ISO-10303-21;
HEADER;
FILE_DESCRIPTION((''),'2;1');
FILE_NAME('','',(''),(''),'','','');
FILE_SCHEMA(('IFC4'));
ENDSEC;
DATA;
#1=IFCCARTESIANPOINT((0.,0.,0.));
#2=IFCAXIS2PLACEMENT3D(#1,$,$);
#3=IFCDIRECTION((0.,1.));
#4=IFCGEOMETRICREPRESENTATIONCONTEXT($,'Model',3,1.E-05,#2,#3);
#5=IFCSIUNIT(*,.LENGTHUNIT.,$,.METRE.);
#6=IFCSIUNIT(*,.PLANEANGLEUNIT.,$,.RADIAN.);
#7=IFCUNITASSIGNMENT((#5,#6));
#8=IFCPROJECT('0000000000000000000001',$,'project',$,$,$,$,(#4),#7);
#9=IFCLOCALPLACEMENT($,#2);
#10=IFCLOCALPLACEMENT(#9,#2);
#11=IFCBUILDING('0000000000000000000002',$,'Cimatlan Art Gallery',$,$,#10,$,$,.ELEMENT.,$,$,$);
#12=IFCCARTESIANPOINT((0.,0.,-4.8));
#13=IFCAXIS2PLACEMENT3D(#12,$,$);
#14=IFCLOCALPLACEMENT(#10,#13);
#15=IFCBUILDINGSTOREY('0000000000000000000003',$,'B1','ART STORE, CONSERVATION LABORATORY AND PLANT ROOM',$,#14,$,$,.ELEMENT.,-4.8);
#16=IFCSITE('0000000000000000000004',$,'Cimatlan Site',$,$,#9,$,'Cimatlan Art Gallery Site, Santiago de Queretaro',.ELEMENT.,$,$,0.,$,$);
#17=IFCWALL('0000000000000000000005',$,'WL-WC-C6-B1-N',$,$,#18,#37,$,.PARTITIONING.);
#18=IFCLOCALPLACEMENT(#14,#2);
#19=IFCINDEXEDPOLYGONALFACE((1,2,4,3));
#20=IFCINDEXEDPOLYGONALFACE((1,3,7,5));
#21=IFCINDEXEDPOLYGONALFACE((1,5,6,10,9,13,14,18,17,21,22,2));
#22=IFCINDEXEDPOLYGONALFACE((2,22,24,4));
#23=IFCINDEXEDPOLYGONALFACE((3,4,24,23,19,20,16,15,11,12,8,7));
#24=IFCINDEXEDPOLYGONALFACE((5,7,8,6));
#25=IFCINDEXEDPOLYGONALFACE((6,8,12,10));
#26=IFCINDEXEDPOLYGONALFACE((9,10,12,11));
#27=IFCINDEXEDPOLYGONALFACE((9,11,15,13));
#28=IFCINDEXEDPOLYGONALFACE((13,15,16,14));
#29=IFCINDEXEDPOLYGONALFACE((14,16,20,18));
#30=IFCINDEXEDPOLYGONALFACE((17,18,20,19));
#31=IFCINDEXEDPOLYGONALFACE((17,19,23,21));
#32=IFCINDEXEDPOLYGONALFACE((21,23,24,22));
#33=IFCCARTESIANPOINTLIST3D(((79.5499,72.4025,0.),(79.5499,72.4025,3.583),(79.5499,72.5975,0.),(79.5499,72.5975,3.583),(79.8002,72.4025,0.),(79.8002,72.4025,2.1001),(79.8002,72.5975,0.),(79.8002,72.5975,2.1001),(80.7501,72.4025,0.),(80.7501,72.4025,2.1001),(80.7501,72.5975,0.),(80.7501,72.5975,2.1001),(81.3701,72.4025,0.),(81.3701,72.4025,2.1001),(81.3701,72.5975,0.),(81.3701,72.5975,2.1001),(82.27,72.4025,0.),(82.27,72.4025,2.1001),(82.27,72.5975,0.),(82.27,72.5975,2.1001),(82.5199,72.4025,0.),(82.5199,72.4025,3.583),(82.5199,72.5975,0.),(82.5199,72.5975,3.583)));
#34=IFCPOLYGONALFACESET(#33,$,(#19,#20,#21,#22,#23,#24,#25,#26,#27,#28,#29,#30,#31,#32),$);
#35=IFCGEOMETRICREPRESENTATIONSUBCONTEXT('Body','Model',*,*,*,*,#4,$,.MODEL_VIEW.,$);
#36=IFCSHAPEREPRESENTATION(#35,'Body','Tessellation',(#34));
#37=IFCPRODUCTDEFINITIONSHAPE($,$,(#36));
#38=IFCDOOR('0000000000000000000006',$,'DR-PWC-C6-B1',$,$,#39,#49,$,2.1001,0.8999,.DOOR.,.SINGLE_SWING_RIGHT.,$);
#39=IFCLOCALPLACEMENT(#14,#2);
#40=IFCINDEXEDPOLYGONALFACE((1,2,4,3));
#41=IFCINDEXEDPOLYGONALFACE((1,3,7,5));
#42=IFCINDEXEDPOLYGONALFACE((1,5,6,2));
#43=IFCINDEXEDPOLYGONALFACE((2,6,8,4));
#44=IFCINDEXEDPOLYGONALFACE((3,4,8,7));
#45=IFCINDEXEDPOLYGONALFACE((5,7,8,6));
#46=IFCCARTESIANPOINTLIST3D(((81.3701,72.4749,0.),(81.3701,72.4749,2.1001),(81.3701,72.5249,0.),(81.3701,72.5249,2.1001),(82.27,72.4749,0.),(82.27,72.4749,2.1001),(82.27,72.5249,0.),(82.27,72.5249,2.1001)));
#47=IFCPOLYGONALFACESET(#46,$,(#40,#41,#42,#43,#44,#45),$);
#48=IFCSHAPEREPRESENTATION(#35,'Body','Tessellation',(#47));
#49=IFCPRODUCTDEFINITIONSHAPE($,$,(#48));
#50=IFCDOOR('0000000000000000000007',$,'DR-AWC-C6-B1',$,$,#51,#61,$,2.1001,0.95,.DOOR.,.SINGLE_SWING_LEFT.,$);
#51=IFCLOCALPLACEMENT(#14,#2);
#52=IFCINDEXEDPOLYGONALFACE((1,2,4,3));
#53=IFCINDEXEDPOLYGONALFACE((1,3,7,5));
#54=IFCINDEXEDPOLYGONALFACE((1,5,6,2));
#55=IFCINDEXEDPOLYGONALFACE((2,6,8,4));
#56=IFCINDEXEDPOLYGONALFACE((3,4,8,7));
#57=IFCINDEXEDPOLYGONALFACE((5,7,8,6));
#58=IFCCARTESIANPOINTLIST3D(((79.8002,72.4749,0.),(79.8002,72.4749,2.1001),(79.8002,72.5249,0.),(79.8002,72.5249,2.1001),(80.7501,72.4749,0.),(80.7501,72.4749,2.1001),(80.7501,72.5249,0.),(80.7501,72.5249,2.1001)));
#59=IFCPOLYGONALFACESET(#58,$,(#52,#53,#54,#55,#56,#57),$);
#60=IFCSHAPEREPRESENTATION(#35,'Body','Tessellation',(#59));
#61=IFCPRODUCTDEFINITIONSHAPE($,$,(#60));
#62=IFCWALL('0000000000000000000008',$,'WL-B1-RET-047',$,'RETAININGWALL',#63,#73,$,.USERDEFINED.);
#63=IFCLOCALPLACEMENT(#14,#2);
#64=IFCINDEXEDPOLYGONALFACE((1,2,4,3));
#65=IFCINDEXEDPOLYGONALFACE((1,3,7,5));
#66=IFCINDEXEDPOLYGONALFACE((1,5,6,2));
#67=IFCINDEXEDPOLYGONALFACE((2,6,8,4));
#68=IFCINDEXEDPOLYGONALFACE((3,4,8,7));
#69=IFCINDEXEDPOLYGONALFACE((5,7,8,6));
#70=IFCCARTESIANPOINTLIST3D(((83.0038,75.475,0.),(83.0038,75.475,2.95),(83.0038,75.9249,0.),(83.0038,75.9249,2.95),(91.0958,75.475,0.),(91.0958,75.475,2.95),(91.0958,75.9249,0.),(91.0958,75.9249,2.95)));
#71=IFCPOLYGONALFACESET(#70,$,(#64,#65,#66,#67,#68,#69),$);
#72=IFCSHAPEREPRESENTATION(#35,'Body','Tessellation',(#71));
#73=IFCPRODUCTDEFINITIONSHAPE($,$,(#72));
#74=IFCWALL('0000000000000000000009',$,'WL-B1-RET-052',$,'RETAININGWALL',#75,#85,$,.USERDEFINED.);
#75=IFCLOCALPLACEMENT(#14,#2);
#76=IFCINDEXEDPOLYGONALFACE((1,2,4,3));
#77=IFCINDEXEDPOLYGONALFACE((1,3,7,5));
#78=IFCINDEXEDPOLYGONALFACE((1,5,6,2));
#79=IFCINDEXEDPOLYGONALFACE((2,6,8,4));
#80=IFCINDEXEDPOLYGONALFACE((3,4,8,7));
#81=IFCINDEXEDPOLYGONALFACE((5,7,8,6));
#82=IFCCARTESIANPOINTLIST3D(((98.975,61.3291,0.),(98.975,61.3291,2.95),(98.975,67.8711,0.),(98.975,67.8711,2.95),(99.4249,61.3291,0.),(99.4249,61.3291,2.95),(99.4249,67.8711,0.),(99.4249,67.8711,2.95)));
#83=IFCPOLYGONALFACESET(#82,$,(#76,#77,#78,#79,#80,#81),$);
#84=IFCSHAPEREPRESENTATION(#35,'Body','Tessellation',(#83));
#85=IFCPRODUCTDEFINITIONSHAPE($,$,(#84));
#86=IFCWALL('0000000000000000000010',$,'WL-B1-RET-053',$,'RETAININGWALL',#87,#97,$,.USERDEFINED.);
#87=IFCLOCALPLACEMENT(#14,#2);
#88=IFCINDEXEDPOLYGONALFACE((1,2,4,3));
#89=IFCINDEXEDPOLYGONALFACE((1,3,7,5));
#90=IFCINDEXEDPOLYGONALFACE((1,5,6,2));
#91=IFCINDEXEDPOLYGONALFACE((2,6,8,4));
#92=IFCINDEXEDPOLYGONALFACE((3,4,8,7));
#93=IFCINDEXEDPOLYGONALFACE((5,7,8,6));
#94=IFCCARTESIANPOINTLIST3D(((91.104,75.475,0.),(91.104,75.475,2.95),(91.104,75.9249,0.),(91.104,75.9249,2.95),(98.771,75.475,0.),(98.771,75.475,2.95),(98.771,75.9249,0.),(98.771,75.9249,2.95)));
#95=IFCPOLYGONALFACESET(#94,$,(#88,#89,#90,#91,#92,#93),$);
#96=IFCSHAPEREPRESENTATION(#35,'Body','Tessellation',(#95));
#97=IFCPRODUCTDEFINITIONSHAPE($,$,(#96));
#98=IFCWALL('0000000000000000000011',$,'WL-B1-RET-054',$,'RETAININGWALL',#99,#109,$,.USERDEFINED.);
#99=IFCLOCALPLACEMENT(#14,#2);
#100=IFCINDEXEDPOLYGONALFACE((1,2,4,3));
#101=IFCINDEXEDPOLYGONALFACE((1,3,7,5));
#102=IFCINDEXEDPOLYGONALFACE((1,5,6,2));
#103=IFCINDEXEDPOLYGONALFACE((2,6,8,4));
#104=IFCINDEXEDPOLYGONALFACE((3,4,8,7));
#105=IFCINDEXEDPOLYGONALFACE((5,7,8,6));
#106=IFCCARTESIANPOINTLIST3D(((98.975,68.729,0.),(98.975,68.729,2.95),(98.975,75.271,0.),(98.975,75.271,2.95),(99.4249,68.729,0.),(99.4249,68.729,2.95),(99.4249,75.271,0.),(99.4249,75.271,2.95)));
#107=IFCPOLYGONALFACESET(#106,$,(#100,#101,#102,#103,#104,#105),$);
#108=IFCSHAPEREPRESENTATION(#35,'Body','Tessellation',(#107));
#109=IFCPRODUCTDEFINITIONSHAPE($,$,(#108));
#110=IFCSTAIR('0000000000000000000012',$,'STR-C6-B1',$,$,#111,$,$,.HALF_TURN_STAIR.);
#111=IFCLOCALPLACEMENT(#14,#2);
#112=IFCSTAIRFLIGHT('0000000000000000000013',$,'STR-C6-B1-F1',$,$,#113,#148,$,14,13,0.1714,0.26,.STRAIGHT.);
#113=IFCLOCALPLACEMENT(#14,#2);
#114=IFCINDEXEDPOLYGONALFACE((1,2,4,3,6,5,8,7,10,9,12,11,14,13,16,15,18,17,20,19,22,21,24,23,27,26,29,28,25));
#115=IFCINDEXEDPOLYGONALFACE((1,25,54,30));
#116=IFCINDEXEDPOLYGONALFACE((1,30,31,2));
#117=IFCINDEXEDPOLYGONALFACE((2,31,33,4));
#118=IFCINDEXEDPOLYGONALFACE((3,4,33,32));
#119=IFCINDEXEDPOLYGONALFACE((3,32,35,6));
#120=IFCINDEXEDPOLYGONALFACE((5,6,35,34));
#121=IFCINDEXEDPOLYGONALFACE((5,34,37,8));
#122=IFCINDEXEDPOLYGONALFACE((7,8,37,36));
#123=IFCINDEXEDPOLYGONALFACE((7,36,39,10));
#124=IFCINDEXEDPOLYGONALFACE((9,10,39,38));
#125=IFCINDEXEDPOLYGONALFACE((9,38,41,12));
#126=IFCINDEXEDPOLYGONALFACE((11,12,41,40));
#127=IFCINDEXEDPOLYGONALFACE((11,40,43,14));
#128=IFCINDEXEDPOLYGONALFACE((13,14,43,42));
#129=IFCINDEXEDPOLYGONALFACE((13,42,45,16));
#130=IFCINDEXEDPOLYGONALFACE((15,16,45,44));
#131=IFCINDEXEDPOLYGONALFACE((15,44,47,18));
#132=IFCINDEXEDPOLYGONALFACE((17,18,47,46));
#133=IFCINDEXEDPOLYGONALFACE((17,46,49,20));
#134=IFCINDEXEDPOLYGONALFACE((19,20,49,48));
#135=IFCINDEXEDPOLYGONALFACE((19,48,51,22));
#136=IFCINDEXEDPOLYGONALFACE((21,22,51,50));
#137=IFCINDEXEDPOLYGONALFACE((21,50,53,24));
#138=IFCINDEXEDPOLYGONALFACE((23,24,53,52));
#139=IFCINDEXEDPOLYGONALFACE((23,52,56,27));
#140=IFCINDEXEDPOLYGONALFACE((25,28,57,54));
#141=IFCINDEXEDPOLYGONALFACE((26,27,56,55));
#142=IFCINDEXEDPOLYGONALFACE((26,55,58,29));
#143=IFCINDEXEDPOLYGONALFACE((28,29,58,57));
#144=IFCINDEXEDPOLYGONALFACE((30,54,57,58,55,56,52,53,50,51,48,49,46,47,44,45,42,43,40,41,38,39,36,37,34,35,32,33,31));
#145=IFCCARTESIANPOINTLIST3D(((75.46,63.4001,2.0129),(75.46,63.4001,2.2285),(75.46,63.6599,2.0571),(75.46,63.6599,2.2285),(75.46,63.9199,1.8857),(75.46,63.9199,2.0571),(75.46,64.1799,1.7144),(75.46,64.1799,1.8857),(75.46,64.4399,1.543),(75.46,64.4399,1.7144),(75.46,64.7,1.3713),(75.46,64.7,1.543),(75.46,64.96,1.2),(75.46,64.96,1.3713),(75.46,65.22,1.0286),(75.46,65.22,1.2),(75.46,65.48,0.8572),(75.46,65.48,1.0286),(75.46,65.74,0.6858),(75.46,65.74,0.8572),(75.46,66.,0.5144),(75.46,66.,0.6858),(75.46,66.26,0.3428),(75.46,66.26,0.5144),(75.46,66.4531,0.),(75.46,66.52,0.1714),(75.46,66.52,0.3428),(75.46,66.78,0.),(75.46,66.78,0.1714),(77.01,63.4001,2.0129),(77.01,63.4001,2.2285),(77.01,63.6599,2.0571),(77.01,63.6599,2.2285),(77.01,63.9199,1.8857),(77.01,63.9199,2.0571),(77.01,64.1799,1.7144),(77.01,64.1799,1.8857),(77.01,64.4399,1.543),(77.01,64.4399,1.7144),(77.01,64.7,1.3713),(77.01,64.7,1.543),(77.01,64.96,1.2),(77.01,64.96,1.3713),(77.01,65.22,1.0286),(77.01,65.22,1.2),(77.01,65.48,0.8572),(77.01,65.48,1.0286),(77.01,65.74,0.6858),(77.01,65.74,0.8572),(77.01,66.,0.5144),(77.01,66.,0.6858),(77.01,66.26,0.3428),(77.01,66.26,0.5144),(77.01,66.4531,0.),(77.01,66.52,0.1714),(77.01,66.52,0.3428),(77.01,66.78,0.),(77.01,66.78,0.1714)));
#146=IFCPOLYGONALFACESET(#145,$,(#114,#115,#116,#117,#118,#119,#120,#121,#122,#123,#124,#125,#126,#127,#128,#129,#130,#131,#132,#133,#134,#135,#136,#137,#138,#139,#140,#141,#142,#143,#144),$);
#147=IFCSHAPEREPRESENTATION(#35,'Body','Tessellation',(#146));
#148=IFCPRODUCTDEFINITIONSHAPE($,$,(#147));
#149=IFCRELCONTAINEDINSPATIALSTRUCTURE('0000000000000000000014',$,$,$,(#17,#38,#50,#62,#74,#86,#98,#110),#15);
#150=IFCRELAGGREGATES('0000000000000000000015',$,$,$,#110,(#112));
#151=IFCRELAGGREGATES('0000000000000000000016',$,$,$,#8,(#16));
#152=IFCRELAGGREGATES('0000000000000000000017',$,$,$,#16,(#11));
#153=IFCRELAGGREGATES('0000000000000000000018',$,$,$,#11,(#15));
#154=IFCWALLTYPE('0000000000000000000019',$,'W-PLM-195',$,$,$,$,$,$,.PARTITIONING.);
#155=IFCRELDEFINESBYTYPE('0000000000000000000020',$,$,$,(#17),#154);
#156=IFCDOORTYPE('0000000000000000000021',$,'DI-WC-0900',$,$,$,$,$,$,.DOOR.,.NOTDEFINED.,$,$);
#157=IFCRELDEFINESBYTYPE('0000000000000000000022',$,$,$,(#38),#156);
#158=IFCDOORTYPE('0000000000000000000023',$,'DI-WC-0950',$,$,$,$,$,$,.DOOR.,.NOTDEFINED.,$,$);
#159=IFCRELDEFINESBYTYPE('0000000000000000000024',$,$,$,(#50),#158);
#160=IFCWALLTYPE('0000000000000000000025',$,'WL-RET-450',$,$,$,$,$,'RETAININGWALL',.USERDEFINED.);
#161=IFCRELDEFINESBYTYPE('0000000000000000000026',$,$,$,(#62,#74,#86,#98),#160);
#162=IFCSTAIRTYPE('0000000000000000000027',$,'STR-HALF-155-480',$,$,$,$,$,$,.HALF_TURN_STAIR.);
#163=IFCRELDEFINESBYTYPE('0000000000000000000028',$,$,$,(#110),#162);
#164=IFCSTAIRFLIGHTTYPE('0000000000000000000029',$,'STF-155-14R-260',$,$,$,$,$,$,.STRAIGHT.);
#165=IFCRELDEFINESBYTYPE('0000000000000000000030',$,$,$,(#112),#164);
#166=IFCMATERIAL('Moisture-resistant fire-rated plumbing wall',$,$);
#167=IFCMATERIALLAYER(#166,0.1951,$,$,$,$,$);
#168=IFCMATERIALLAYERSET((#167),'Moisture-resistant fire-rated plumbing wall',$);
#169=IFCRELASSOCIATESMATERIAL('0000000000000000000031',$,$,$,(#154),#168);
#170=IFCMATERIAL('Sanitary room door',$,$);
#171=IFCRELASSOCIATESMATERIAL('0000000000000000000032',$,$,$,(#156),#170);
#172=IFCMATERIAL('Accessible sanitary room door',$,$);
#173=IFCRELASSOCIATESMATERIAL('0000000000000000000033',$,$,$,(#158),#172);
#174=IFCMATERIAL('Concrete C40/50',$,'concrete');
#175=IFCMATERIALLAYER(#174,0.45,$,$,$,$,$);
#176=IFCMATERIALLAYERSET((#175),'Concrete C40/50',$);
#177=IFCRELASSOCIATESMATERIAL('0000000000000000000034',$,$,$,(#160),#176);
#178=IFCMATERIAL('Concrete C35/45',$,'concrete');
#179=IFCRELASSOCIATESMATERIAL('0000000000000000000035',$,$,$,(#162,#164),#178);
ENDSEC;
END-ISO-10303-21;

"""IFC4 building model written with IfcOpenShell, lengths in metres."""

from ifc_helpers import new_model, si_unit, direction, frame, frame_2d, origin, place, context, subcontext, project, spatial, polyline, rectangle, outline, extrude, material, layer, layer_set, type_object, element, fill, aggregate, save


model = new_model("IFC4")

# Units and contexts
model_context = context("Model", 3, precision=1e-05, world=origin(), true_north=direction((0.0, 1.0)))
body_context = subcontext(model_context, "Body", "Model", "MODEL_VIEW")
ifc_project = project(units=[si_unit("LENGTHUNIT", "METRE"), si_unit("PLANEANGLEUNIT", "RADIAN")], contexts=[model_context])

# Site, building, storey
site_placement = place(None, origin())
site = spatial("IfcSite", under=ifc_project, at=site_placement, Name="Cimatlan Site", LongName="Cimatlan Art Gallery Site, Santiago de Queretaro", CompositionType="ELEMENT", RefElevation=0.0)
building_placement = place(site_placement, origin())
building = spatial("IfcBuilding", under=site, at=building_placement, Name="Cimatlan Art Gallery", CompositionType="ELEMENT")
storey_placement = place(building_placement, frame((0.0, 0.0, -4.8)))
storey = spatial("IfcBuildingStorey", under=building, at=storey_placement, Name="B1", Description="ART STORE, CONSERVATION LABORATORY AND PLANT ROOM", CompositionType="ELEMENT", Elevation=-4.8)

# Shared definitions
ifc_material_1 = material(Name="Concrete C40/50", Category="concrete")

# Shared definitions
ifc_material_2 = material(Name="Moisture-resistant fire-rated plumbing wall")
ifc_layer_1 = layer(ifc_material_2, 0.1951)
ifc_layer_set_1 = layer_set([ifc_layer_1], Name="Moisture-resistant fire-rated plumbing wall")
wall_type_1 = type_object("IfcWallType", Name="W-PLM-195", PredefinedType="PARTITIONING", material=ifc_layer_set_1)

# Wall, openings, doors
wall_1_placement = place(storey_placement, frame((79.55, 72.5, 0.0), z_axis=(0.0, 0.0, 1.0), x_axis=(1.0, 0.0, 0.0)))
wall_1 = element("IfcWall", 1, at=wall_1_placement, inside=storey, type_object=wall_type_1, Name="WL-WC-C6-B1-N", PredefinedType="PARTITIONING", context=body_context, shape_type="SweptSolid", body=[
    extrude(rectangle(XDim=2.97, YDim=0.1951, at=frame_2d((1.4849, 0.0))), origin(), (0.0, 0.0, 1.0), 3.583),
])
opening_1_placement = place(wall_1_placement, frame((0.25, 0.0, 0.0)))
opening_1 = element("IfcOpeningElement", 2, at=opening_1_placement, cuts=wall_1, PredefinedType="OPENING", context=body_context, shape_type="SweptSolid", body=[
    extrude(rectangle(XDim=0.95, YDim=2.1001, at=frame_2d((0.4751, 1.05))), frame((0.0, 0.1074, 0.0), z_axis=(0.0, -1.0, 0.0), x_axis=(1.0, 0.0, 0.0)), (0.0, 0.0, 1.0), 0.2151),
])
opening_2_placement = place(wall_1_placement, frame((1.8201, 0.0, 0.0)))
opening_2 = element("IfcOpeningElement", 3, at=opening_2_placement, cuts=wall_1, PredefinedType="OPENING", context=body_context, shape_type="SweptSolid", body=[
    extrude(rectangle(XDim=0.8999, YDim=2.1001, at=frame_2d((0.45, 1.05))), frame((0.0, 0.1074, 0.0), z_axis=(0.0, -1.0, 0.0), x_axis=(1.0, 0.0, 0.0)), (0.0, 0.0, 1.0), 0.2151),
])
ifc_material_3 = material(Name="Sanitary room door")
door_type_1 = type_object("IfcDoorType", Name="DI-WC-0900", OperationType="NOTDEFINED", PredefinedType="DOOR", material=ifc_material_3)
door_1_placement = place(opening_2_placement, origin())
door_1 = element("IfcDoor", 4, at=door_1_placement, inside=storey, type_object=door_type_1, Name="DR-PWC-C6-B1", OperationType="SINGLE_SWING_RIGHT", OverallHeight=2.1001, OverallWidth=0.8999, PredefinedType="DOOR", context=body_context, shape_type="SweptSolid", body=[
    extrude(rectangle(XDim=0.8999, YDim=2.1001, at=frame_2d((0.45, 1.05))), frame((0.0, 0.0249, 0.0), z_axis=(0.0, -1.0, 0.0), x_axis=(1.0, 0.0, 0.0)), (0.0, 0.0, 1.0), 0.05),
])
fill(opening_2, door_1)
ifc_material_4 = material(Name="Accessible sanitary room door")
door_type_2 = type_object("IfcDoorType", Name="DI-WC-0950", OperationType="NOTDEFINED", PredefinedType="DOOR", material=ifc_material_4)
door_2_placement = place(opening_1_placement, origin())
door_2 = element("IfcDoor", 5, at=door_2_placement, inside=storey, type_object=door_type_2, Name="DR-AWC-C6-B1", OperationType="SINGLE_SWING_LEFT", OverallHeight=2.1001, OverallWidth=0.95, PredefinedType="DOOR", context=body_context, shape_type="SweptSolid", body=[
    extrude(rectangle(XDim=0.95, YDim=2.1001, at=frame_2d((0.4751, 1.05))), frame((0.0, 0.0249, 0.0), z_axis=(0.0, -1.0, 0.0), x_axis=(1.0, 0.0, 0.0)), (0.0, 0.0, 1.0), 0.05),
])
fill(opening_1, door_2)

# Walls
ifc_layer_2 = layer(ifc_material_1, 0.45)
ifc_layer_set_2 = layer_set([ifc_layer_2], Name="Concrete C40/50")
wall_type_2 = type_object("IfcWallType", Name="WL-RET-450", ElementType="RETAININGWALL", PredefinedType="USERDEFINED", material=ifc_layer_set_2)
wall_2_placement = place(storey_placement, frame((83.0039, 75.7, 0.0), z_axis=(0.0, 0.0, 1.0), x_axis=(1.0, 0.0, 0.0)))
element("IfcWall", 6, at=wall_2_placement, inside=storey, type_object=wall_type_2, Name="WL-B1-RET-047", ObjectType="RETAININGWALL", PredefinedType="USERDEFINED", context=body_context, shape_type="SweptSolid", body=[
    extrude(rectangle(XDim=8.092, YDim=0.45, at=frame_2d((4.0459, 0.0))), origin(), (0.0, 0.0, 1.0), 2.95),
])
wall_3_placement = place(storey_placement, frame((99.2, 67.8711, 0.0), z_axis=(0.0, 0.0, 1.0), x_axis=(0.0, -1.0, 0.0)))
element("IfcWall", 7, at=wall_3_placement, inside=storey, type_object=wall_type_2, Name="WL-B1-RET-052", ObjectType="RETAININGWALL", PredefinedType="USERDEFINED", context=body_context, shape_type="SweptSolid", body=[
    extrude(rectangle(XDim=6.542, YDim=0.45, at=frame_2d((3.271, 0.0))), origin(), (0.0, 0.0, 1.0), 2.95),
])
wall_4_placement = place(storey_placement, frame((91.104, 75.7, 0.0), z_axis=(0.0, 0.0, 1.0), x_axis=(1.0, 0.0, 0.0)))
element("IfcWall", 8, at=wall_4_placement, inside=storey, type_object=wall_type_2, Name="WL-B1-RET-053", ObjectType="RETAININGWALL", PredefinedType="USERDEFINED", context=body_context, shape_type="SweptSolid", body=[
    extrude(rectangle(XDim=7.667, YDim=0.45, at=frame_2d((3.8335, 0.0))), origin(), (0.0, 0.0, 1.0), 2.95),
])
wall_5_placement = place(storey_placement, frame((99.2, 75.271, 0.0), z_axis=(0.0, 0.0, 1.0), x_axis=(0.0, -1.0, 0.0)))
element("IfcWall", 9, at=wall_5_placement, inside=storey, type_object=wall_type_2, Name="WL-B1-RET-054", ObjectType="RETAININGWALL", PredefinedType="USERDEFINED", context=body_context, shape_type="SweptSolid", body=[
    extrude(rectangle(XDim=6.542, YDim=0.45, at=frame_2d((3.271, 0.0))), origin(), (0.0, 0.0, 1.0), 2.95),
])

# Stair, stair flight
ifc_material_5 = material(Name="Concrete C35/45", Category="concrete")
stair_type = type_object("IfcStairType", Name="STR-HALF-155-480", PredefinedType="HALF_TURN_STAIR", material=ifc_material_5)
stair_placement = place(storey_placement, origin())
stair = element("IfcStair", 10, at=stair_placement, inside=storey, type_object=stair_type, Name="STR-C6-B1", PredefinedType="HALF_TURN_STAIR")
stair_flight_type = type_object("IfcStairFlightType", Name="STF-155-14R-260", PredefinedType="STRAIGHT", material=ifc_material_5)
stair_flight_1_placement = place(storey_placement, frame((76.2351, 66.78, 0.0), z_axis=(0.0, 0.0, 1.0), x_axis=(0.0, -1.0, 0.0)))
stair_flight_1 = element("IfcStairFlight", 11, at=stair_flight_1_placement, type_object=stair_flight_type, Name="STR-C6-B1-F1", NumberOfRisers=14, NumberOfTreads=13, PredefinedType="STRAIGHT", RiserHeight=0.1714, TreadLength=0.26, context=body_context, shape_type="SweptSolid", body=[
    extrude(outline(polyline([(0.0, 0.0), (0.0, 0.1714), (0.26, 0.1714), (0.26, 0.3428), (0.52, 0.3428), (0.52, 0.5144), (0.78, 0.5144), (0.78, 0.6858), (1.04, 0.6858), (1.04, 0.8572), (1.3, 0.8572), (1.3, 1.0286), (1.5601, 1.0286), (1.5601, 1.2), (1.8201, 1.2), (1.8201, 1.3713), (2.0801, 1.3713), (2.0801, 1.543), (2.3401, 1.543), (2.3401, 1.7144), (2.6001, 1.7144), (2.6001, 1.8857), (2.8601, 1.8857), (2.8601, 2.0571), (3.1201, 2.0571), (3.1201, 2.2285), (3.3799, 2.2285), (3.3799, 2.3999), (3.3799, 2.0129), (0.3269, 0.0), (0.0, 0.0)])), frame((0.0, 0.7749, 0.0), z_axis=(0.0, -1.0, 0.0), x_axis=(1.0, 0.0, 0.0)), (0.0, 0.0, 1.0), 1.55),
])
aggregate(stair, [stair_flight_1])

save(model, "model.ifc")
